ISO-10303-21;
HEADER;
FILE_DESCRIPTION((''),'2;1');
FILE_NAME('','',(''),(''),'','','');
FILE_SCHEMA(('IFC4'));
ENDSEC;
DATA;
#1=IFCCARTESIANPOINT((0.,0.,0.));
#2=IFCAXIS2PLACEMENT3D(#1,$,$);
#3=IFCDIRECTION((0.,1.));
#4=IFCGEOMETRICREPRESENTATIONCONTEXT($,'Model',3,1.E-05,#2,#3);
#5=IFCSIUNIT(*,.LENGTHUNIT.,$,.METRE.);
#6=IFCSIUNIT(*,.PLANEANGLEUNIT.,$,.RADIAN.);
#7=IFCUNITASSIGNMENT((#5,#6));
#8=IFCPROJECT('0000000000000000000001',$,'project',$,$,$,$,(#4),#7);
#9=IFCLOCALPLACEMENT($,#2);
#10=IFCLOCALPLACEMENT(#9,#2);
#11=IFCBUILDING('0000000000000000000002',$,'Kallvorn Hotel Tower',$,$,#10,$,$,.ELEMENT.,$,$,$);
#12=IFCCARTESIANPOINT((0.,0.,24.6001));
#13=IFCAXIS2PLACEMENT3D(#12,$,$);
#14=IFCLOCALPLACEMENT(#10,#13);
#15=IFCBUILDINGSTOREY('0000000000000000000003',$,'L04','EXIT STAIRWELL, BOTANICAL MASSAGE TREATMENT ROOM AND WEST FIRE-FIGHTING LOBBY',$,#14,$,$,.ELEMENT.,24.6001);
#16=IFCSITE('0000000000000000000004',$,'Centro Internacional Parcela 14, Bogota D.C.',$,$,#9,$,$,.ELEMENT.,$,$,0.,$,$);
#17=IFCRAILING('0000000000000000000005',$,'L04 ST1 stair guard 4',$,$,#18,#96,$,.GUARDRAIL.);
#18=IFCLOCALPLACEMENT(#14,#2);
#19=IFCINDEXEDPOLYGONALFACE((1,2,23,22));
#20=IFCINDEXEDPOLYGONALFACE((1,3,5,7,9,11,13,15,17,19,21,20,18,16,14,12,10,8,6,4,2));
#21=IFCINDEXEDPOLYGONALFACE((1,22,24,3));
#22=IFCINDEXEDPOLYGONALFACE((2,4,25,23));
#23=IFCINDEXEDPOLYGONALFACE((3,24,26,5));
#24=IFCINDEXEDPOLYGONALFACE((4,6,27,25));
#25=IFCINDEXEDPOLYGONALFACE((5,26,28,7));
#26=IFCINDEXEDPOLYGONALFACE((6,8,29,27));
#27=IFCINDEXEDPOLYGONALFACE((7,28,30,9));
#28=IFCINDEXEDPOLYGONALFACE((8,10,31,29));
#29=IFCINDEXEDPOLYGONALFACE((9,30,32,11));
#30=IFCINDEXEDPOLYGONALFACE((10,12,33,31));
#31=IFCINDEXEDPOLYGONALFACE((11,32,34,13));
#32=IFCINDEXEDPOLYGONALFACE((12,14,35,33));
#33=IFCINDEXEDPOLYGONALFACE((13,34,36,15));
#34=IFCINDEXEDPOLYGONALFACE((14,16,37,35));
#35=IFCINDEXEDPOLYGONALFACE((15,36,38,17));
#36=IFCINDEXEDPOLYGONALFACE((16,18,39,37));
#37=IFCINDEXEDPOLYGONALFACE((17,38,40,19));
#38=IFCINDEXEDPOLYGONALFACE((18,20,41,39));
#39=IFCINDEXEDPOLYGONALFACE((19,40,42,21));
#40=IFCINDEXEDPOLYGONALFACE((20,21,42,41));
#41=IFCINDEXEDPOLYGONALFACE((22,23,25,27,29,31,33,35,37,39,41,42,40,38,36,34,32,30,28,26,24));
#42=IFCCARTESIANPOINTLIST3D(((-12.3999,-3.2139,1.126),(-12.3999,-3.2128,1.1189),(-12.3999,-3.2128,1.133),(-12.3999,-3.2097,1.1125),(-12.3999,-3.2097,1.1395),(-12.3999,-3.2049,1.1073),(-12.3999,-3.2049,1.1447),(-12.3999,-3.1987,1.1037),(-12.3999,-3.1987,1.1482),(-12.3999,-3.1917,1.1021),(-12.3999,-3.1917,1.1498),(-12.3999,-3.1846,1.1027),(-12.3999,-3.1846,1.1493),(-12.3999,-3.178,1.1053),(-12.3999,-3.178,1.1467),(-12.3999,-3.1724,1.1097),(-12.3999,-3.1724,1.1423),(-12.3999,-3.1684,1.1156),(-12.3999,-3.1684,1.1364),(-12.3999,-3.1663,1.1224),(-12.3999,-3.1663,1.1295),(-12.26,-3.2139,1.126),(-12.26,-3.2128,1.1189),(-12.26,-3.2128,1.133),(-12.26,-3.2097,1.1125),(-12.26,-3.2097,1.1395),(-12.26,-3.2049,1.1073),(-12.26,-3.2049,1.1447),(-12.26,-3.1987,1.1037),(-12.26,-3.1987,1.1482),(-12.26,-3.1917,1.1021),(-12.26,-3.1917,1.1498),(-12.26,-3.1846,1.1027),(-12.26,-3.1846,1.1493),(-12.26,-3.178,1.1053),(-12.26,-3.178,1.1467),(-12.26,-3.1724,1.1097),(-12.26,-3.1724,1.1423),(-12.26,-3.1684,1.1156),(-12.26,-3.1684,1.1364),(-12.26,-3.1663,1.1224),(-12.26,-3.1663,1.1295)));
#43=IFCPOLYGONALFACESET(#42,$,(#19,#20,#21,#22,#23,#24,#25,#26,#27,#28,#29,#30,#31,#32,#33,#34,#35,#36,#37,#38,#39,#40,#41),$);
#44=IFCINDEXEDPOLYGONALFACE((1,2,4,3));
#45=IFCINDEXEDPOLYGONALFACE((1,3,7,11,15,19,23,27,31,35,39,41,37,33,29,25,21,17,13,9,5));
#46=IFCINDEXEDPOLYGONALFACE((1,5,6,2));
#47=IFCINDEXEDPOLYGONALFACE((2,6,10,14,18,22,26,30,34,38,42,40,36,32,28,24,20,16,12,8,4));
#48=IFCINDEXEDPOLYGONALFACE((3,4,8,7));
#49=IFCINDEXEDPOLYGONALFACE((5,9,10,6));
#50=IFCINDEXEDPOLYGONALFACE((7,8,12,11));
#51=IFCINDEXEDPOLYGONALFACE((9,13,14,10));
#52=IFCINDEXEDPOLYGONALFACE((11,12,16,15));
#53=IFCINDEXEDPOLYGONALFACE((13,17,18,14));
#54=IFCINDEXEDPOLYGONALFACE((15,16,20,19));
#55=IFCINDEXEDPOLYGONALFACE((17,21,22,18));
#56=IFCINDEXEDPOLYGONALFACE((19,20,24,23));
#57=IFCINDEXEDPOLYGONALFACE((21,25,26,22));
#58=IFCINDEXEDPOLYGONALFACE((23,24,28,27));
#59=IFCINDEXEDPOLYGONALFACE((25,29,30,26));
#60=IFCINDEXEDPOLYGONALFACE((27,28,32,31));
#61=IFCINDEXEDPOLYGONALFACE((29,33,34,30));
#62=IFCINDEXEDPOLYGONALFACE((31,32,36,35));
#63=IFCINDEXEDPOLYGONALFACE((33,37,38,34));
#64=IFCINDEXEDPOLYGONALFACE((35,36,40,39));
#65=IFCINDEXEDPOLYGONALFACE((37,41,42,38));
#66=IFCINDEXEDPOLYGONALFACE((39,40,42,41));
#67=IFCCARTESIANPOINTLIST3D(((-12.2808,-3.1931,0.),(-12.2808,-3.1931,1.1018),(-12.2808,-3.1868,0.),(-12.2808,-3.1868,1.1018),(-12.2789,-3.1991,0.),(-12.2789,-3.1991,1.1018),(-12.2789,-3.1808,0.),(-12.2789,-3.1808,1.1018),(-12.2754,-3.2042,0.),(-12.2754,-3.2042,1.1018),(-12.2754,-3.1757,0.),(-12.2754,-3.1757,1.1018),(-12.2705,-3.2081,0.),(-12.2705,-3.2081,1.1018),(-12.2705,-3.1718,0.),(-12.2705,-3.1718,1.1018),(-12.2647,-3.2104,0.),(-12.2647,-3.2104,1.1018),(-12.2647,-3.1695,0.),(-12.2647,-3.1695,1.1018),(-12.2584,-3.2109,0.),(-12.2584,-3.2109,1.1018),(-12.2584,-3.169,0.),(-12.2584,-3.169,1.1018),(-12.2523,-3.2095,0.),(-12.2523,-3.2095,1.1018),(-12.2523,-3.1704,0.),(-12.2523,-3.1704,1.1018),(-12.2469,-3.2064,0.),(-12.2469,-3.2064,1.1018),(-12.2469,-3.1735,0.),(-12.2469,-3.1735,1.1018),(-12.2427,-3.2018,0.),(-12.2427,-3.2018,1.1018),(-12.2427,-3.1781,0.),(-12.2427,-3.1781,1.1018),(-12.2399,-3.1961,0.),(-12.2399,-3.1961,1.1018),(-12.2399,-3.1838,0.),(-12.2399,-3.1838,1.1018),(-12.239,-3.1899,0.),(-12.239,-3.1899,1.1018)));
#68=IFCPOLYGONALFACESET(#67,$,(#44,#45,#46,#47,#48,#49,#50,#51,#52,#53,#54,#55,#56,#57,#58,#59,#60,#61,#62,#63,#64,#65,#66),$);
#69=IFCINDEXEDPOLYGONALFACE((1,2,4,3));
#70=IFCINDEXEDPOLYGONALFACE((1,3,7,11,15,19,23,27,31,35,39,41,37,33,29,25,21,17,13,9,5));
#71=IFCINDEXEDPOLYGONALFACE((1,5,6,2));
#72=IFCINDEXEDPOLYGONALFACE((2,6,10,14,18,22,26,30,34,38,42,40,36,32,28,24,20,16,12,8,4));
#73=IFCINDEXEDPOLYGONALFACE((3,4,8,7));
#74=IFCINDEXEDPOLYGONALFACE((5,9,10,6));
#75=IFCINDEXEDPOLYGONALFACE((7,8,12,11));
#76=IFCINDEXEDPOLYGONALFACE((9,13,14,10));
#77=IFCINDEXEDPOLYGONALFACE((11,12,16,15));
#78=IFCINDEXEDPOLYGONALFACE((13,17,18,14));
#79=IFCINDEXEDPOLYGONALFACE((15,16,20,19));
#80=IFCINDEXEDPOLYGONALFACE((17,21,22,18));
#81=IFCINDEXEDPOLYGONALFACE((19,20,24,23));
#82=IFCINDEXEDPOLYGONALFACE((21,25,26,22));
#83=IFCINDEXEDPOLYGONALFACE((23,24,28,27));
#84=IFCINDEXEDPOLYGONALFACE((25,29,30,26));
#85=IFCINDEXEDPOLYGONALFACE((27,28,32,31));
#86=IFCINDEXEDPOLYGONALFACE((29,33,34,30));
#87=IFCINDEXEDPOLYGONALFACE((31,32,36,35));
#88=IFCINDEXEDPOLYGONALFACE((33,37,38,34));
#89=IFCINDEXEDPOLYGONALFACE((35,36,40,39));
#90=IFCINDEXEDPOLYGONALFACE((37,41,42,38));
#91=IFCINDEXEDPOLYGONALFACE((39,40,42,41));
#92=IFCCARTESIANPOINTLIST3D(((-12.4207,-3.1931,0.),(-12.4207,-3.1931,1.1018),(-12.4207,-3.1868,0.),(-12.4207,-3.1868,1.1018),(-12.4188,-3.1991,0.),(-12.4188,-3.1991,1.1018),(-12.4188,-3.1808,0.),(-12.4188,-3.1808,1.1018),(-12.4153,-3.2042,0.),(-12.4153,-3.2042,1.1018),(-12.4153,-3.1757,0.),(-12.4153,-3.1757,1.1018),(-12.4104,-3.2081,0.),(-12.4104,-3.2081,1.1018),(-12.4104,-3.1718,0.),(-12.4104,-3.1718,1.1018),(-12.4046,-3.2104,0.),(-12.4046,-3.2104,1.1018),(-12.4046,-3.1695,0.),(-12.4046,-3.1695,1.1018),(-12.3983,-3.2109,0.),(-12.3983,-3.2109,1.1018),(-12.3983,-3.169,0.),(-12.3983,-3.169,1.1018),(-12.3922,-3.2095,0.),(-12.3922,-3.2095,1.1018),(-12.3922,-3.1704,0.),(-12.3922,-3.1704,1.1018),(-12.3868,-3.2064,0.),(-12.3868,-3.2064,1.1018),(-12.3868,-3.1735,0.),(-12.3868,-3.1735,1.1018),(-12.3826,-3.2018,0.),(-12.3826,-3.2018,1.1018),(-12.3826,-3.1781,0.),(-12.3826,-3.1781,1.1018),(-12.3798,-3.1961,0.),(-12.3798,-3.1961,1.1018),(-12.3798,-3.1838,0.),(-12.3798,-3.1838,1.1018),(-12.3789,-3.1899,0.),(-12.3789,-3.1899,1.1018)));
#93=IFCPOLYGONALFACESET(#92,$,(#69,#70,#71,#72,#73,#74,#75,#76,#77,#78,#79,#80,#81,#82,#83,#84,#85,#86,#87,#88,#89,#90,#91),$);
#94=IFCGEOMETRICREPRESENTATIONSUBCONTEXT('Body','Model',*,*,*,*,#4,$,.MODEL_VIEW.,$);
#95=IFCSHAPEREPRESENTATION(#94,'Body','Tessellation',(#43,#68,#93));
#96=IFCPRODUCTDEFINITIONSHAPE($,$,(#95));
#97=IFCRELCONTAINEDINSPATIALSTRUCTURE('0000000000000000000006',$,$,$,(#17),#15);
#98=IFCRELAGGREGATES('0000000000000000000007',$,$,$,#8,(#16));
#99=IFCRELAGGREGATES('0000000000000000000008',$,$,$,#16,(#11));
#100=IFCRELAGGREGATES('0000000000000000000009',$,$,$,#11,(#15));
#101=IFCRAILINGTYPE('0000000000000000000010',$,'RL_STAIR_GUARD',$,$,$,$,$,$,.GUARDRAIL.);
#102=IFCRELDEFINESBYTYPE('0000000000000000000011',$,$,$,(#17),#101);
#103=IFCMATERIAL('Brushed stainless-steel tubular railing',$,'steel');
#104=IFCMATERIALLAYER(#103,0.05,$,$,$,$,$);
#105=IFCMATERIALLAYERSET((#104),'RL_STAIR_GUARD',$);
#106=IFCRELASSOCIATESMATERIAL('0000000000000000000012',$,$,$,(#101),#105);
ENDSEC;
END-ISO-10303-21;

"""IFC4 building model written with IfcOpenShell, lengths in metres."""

from ifc_helpers import new_model, si_unit, direction, frame, origin, origin_2d, place, context, subcontext, project, spatial, circle, extrude, material, layer, layer_set, type_object, element, save


model = new_model("IFC4")

# Units and contexts
model_context = context("Model", 3, precision=1e-05, world=origin(), true_north=direction((0.0, 1.0)))
body_context = subcontext(model_context, "Body", "Model", "MODEL_VIEW")
ifc_project = project(units=[si_unit("LENGTHUNIT", "METRE"), si_unit("PLANEANGLEUNIT", "RADIAN")], contexts=[model_context])

# Site, building, storey
site_placement = place(None, origin())
site = spatial("IfcSite", under=ifc_project, at=site_placement, Name="Centro Internacional Parcela 14, Bogota D.C.", CompositionType="ELEMENT", RefElevation=0.0)
building_placement = place(site_placement, origin())
building = spatial("IfcBuilding", under=site, at=building_placement, Name="Kallvorn Hotel Tower", CompositionType="ELEMENT")
storey_placement = place(building_placement, frame((0.0, 0.0, 24.6001)))
storey = spatial("IfcBuildingStorey", under=building, at=storey_placement, Name="L04", Description="EXIT STAIRWELL, BOTANICAL MASSAGE TREATMENT ROOM AND WEST FIRE-FIGHTING LOBBY", CompositionType="ELEMENT", Elevation=24.6001)

# Railing
ifc_material_1 = material(Name="Brushed stainless-steel tubular railing", Category="steel")
ifc_layer_1 = layer(ifc_material_1, 0.05)
ifc_layer_set_1 = layer_set([ifc_layer_1], Name="RL_STAIR_GUARD")
railing_type_1 = type_object("IfcRailingType", Name="RL_STAIR_GUARD", PredefinedType="GUARDRAIL", material=ifc_layer_set_1)
railing_1_placement = place(storey_placement, frame((-12.26, -3.1899, 0.0)))
element("IfcRailing", 1, at=railing_1_placement, inside=storey, type_object=railing_type_1, Name="L04 ST1 stair guard 4", PredefinedType="GUARDRAIL", context=body_context, shape_type="SweptSolid", body=[
    extrude(circle(Radius=0.0239, at=origin_2d()), frame((0.0, 0.0, 1.126), z_axis=(-1.0, 0.0, 0.0), x_axis=(0.0, -1.0, 0.0)), (0.0, 0.0, 1.0), 0.1399),
    extrude(circle(Radius=0.021, at=origin_2d()), origin(), (0.0, 0.0, 1.0), 1.1018),
    extrude(circle(Radius=0.021, at=origin_2d()), frame((-0.1399, 0.0, 0.0)), (0.0, 0.0, 1.0), 1.1018),
])

save(model, "model.ifc")
